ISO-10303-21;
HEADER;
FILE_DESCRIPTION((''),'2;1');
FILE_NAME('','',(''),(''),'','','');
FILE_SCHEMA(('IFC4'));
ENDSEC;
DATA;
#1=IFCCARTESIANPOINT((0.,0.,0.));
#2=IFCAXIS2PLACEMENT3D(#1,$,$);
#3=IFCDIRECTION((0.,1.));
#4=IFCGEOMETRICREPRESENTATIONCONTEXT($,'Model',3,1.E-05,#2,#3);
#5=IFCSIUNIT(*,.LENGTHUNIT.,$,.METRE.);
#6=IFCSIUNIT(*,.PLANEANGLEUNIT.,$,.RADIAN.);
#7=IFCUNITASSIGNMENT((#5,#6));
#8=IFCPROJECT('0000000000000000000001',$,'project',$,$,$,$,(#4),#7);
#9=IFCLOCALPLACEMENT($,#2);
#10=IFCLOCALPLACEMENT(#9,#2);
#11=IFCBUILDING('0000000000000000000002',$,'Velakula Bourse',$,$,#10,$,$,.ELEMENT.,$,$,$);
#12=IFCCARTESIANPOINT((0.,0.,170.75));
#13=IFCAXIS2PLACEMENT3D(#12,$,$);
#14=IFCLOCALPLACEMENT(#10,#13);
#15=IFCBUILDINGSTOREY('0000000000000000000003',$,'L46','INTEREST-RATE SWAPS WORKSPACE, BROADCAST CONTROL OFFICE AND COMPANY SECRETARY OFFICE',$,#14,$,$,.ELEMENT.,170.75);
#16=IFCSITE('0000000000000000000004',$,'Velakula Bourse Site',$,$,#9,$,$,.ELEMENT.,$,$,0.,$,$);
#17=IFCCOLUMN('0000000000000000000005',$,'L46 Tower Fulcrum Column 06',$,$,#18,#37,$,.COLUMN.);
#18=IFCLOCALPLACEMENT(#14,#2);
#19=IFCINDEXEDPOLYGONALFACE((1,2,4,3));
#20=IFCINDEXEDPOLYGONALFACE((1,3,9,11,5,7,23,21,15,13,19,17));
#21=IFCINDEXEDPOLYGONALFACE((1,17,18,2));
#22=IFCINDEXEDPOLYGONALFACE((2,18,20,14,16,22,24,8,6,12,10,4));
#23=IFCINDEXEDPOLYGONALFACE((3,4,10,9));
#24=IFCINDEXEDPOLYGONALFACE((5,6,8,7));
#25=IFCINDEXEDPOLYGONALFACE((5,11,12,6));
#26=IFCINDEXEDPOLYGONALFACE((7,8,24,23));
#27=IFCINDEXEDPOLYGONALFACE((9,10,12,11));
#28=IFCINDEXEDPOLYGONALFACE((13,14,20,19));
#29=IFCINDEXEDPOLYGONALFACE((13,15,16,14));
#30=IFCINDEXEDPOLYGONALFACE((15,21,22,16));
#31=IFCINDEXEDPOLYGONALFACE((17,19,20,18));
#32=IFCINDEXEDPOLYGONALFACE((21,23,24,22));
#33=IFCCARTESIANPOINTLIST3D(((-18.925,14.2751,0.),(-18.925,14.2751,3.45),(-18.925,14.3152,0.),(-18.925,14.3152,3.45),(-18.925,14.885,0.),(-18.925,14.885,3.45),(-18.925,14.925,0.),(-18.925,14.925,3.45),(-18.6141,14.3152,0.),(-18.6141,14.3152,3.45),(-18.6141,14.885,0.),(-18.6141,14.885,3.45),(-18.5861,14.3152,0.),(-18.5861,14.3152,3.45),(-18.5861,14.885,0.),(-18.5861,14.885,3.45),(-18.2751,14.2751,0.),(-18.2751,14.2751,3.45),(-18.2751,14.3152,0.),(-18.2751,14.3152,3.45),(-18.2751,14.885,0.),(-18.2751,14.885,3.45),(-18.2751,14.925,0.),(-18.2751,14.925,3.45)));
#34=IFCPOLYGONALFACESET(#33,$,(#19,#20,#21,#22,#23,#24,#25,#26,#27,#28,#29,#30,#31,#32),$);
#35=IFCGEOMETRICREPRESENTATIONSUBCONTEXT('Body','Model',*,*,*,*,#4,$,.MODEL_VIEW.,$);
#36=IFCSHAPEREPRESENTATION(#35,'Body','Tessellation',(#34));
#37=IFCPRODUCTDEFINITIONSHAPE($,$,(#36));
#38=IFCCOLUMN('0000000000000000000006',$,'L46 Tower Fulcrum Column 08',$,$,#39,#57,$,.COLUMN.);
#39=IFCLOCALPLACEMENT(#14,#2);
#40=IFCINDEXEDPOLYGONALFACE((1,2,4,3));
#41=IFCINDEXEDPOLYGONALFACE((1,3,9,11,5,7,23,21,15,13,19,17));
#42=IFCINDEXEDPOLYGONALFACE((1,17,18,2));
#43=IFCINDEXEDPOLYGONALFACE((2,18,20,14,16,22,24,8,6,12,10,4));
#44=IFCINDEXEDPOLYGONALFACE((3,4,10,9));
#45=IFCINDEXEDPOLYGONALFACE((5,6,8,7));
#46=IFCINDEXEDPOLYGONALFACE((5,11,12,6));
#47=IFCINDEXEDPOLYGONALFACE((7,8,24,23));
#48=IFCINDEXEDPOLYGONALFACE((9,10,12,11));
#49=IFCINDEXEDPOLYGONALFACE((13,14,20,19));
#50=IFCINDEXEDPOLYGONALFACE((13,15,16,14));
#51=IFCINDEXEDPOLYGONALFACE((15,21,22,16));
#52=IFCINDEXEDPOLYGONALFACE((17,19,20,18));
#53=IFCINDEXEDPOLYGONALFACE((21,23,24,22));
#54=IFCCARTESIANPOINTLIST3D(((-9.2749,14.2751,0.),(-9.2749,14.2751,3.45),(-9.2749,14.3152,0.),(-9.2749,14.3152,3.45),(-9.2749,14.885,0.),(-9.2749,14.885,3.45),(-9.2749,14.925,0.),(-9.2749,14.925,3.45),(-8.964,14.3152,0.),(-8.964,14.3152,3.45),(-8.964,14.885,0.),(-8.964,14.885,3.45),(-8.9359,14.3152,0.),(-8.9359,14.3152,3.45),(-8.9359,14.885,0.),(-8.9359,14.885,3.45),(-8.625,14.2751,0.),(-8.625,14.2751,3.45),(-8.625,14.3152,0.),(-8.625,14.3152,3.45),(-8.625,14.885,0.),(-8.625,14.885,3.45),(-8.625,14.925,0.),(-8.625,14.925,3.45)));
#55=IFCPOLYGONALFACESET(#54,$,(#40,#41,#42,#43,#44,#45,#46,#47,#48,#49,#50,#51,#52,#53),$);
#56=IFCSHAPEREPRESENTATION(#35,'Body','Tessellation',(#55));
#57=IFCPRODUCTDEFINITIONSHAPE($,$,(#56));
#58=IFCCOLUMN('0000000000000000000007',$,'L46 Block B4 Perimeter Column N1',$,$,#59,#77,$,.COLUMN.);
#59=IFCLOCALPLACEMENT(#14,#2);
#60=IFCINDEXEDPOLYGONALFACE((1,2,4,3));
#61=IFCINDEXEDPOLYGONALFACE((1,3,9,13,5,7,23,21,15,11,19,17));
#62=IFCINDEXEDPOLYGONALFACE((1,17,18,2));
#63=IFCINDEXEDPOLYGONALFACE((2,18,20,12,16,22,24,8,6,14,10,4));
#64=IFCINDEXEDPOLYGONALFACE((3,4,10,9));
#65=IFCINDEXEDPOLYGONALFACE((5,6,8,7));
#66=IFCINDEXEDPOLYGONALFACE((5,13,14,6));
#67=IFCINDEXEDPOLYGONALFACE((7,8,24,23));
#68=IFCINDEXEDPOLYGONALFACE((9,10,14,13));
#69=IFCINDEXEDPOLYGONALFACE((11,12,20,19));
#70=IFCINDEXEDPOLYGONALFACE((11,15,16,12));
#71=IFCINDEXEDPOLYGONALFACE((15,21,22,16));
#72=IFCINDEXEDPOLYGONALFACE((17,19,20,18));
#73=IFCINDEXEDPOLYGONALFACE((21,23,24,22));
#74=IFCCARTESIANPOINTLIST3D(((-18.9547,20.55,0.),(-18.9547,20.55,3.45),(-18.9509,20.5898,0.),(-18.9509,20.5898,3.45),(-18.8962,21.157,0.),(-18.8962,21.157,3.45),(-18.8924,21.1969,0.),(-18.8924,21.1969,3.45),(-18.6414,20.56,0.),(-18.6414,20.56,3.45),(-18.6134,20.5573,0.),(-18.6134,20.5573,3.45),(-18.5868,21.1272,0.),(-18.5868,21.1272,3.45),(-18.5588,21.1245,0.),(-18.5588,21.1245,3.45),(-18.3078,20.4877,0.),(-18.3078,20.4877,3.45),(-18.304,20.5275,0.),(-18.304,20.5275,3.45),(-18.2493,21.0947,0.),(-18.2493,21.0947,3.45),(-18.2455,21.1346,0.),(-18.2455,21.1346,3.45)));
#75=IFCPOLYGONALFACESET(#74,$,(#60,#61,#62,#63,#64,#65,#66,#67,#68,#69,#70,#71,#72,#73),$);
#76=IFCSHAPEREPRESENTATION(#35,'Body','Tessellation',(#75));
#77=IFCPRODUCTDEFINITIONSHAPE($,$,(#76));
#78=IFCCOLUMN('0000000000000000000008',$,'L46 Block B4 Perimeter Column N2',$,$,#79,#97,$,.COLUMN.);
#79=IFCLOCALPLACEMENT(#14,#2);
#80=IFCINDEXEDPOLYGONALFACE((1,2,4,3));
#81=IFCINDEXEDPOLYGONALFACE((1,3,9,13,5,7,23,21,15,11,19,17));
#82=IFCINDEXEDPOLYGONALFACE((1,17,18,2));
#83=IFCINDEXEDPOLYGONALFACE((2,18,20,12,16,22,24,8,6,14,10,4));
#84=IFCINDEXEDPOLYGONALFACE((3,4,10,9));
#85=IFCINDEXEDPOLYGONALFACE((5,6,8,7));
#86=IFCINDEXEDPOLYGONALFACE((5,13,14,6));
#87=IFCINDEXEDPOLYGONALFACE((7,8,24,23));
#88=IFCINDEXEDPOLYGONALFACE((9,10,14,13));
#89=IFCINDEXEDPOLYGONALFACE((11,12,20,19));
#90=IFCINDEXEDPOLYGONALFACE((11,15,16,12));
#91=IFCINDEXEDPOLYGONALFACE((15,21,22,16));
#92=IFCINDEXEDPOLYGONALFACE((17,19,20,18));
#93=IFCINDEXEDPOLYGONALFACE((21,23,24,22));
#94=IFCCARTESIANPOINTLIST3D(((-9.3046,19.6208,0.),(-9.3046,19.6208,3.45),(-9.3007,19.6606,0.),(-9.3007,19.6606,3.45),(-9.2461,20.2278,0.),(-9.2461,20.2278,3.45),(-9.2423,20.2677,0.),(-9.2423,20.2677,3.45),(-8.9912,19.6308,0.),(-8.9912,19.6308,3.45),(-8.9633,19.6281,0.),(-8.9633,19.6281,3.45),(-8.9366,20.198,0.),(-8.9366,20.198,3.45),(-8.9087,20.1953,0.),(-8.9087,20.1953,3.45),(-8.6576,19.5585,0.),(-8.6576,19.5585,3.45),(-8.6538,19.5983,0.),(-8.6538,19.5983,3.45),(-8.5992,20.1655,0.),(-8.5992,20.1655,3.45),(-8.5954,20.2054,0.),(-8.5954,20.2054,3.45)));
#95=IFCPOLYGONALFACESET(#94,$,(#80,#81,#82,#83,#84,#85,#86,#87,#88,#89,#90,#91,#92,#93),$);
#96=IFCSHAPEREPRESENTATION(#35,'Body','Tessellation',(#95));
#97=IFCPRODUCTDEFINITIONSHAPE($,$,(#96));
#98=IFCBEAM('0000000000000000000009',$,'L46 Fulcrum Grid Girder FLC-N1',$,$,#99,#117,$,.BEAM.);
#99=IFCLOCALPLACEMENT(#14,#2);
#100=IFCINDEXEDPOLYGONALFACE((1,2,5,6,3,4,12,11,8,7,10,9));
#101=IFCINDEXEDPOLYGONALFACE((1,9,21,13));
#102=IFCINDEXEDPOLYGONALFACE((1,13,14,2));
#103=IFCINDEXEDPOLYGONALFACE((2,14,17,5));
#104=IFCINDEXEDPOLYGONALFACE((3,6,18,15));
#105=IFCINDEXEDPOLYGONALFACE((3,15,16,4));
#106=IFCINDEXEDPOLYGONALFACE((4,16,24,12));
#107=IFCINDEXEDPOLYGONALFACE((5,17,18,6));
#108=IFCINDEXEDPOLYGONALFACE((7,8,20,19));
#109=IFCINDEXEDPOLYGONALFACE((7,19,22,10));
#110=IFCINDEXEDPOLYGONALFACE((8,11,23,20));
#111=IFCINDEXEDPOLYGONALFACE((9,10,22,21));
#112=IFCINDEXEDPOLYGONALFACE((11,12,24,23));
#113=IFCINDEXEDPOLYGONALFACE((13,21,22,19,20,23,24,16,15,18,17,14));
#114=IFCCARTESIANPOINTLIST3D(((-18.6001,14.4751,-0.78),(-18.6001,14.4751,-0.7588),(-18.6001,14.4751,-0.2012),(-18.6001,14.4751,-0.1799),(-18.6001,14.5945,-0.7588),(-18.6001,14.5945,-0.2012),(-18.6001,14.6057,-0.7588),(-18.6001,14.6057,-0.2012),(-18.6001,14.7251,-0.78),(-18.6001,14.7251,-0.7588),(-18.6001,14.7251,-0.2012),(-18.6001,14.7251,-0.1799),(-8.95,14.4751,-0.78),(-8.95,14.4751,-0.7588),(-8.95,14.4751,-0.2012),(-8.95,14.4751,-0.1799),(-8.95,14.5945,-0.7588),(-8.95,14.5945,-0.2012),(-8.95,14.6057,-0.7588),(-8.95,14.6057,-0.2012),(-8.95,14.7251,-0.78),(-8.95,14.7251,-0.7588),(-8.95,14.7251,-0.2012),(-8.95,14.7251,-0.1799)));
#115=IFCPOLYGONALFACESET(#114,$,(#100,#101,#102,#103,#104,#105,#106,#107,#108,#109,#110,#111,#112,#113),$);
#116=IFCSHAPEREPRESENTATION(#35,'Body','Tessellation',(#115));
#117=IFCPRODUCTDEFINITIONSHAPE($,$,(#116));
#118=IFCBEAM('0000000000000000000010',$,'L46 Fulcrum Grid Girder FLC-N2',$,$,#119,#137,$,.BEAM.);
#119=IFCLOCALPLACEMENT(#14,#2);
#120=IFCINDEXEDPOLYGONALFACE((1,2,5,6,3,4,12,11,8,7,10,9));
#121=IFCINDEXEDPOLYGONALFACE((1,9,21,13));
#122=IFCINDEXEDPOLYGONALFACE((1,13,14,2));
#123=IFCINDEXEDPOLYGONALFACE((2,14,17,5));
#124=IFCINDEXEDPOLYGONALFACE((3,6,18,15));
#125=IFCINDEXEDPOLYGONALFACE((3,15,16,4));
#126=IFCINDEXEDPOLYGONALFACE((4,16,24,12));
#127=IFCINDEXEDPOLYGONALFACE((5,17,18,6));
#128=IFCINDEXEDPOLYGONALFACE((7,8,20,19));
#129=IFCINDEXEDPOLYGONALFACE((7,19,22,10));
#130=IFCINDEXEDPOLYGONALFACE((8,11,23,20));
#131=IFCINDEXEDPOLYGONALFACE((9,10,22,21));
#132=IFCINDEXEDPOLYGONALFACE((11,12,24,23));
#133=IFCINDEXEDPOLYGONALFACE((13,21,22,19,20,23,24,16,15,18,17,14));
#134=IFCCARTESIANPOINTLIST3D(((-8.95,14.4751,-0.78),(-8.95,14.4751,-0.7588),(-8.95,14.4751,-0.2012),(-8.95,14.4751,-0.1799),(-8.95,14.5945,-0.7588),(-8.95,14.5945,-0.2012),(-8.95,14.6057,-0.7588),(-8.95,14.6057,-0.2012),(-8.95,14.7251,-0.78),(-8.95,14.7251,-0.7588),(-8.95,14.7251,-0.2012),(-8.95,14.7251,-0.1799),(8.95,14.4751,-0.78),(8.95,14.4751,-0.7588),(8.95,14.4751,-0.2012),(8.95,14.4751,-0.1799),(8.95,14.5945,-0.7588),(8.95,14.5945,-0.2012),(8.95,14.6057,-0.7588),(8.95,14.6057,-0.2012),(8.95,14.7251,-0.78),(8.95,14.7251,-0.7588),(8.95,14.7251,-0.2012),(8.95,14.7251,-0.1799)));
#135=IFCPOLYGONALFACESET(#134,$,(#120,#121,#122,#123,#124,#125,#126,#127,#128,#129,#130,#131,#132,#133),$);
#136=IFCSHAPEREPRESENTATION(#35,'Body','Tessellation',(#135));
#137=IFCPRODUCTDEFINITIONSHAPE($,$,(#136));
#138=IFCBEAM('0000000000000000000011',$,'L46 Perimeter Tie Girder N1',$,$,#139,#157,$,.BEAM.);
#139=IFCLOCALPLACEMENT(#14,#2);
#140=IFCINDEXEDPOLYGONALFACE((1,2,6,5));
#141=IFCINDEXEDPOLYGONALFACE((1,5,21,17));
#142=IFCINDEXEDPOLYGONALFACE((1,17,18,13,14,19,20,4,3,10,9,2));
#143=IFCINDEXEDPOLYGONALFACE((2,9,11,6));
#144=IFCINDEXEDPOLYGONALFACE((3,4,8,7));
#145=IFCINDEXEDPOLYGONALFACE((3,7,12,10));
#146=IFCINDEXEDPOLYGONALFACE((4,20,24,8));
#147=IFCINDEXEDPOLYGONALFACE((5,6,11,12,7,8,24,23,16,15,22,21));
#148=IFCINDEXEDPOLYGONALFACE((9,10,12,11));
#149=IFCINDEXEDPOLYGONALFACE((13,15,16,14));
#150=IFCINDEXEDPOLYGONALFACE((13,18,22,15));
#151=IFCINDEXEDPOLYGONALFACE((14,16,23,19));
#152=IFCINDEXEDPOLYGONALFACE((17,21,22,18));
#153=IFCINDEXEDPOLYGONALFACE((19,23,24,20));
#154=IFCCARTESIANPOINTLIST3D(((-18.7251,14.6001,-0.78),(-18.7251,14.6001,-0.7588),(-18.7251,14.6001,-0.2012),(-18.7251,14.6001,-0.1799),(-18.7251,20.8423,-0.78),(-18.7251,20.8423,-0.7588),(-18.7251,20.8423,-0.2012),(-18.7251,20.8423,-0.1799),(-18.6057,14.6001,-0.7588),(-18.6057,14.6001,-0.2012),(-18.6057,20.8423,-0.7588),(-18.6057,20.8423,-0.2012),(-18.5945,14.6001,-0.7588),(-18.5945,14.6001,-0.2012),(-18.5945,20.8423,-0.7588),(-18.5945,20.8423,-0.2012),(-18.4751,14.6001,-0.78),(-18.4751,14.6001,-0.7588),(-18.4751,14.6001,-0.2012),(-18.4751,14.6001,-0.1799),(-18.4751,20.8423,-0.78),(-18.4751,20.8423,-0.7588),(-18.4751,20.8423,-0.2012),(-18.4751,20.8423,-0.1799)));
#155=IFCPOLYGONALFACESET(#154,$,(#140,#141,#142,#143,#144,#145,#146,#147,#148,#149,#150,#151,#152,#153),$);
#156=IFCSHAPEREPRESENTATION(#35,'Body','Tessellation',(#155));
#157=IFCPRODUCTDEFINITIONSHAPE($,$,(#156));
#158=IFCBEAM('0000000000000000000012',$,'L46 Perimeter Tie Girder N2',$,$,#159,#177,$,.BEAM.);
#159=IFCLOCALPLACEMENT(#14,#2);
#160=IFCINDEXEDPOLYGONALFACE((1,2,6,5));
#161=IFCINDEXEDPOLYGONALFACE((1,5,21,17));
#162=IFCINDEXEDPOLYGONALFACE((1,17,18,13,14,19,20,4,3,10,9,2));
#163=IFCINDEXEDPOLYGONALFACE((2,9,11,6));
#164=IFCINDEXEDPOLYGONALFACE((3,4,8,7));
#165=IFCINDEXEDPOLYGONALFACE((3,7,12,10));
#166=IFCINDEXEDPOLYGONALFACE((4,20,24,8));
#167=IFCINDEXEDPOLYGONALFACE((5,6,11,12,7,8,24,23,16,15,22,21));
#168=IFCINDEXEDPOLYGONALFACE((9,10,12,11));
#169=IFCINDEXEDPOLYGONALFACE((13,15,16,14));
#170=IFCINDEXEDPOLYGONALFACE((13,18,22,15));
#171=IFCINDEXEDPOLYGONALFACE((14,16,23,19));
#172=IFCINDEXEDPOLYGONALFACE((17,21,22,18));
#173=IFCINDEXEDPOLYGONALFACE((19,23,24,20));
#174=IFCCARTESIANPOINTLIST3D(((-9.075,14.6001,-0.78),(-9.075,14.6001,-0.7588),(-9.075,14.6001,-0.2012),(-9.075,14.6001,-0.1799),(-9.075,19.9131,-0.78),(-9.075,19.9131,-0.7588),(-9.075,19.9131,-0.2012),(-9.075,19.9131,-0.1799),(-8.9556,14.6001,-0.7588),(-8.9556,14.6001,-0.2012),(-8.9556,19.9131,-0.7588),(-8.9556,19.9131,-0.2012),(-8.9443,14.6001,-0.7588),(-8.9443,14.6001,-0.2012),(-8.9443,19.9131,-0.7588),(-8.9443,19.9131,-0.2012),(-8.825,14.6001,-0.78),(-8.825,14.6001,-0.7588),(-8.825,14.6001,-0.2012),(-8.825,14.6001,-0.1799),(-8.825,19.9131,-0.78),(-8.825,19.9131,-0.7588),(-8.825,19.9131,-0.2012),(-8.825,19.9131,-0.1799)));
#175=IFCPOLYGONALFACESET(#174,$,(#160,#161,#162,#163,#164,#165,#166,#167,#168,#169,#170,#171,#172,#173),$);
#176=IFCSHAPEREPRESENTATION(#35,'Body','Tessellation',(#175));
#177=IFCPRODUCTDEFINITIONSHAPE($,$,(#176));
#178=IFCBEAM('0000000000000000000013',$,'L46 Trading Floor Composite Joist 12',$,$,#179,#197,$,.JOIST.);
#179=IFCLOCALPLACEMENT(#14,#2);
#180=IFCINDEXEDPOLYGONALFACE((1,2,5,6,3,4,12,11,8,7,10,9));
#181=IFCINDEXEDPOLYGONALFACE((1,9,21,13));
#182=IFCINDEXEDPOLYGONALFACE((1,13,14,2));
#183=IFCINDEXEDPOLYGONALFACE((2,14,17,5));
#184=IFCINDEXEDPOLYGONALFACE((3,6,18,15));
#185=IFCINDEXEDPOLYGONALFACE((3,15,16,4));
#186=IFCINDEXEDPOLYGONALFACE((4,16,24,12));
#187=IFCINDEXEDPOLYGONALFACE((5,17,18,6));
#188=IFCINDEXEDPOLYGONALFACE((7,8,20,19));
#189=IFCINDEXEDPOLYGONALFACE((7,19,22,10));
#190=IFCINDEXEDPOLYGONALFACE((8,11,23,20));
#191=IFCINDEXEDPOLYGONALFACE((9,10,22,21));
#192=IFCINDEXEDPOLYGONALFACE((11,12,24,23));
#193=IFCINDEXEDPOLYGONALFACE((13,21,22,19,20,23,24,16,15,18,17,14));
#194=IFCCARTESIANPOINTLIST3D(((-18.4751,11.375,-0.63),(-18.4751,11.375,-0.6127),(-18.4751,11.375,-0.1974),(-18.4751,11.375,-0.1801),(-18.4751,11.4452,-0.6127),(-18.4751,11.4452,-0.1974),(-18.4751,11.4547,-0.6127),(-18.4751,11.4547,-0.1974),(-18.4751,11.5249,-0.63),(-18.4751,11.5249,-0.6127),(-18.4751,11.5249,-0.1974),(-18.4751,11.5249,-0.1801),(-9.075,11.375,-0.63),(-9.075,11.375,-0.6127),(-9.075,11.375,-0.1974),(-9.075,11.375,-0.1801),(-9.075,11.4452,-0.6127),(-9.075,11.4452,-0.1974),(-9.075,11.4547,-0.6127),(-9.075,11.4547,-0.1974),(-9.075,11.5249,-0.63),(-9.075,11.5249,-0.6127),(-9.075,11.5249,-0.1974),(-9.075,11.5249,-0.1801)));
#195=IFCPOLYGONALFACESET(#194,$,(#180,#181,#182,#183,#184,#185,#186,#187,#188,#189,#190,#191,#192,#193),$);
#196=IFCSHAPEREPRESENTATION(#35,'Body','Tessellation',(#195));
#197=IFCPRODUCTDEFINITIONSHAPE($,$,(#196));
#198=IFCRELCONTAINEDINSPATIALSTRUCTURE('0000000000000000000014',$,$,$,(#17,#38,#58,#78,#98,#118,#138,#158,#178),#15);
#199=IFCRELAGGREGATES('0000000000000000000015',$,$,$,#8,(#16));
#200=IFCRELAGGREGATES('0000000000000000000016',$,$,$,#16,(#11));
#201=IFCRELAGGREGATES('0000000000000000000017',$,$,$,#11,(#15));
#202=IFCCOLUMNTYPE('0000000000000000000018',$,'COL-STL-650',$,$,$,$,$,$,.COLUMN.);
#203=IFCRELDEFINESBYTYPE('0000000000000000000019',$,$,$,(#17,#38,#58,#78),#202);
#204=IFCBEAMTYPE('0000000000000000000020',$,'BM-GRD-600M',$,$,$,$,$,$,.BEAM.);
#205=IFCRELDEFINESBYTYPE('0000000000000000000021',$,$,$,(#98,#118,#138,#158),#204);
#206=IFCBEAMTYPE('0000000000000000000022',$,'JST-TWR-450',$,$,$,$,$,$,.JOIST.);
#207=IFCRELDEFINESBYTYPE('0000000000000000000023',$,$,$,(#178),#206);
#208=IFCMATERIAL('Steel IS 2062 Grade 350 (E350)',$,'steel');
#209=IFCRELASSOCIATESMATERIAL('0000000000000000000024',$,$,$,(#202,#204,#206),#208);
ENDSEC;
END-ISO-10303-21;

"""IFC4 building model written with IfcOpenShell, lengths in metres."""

from ifc_helpers import new_model, si_unit, direction, frame, origin, origin_2d, place, context, subcontext, project, spatial, i_section, extrude, material, material_profile, profile_set, type_object, element, save


model = new_model("IFC4")

# Units and contexts
model_context = context("Model", 3, precision=1e-05, world=origin(), true_north=direction((0.0, 1.0)))
body_context = subcontext(model_context, "Body", "Model", "MODEL_VIEW")
ifc_project = project(units=[si_unit("LENGTHUNIT", "METRE"), si_unit("PLANEANGLEUNIT", "RADIAN")], contexts=[model_context])

# Site, building, storey
site_placement = place(None, origin())
site = spatial("IfcSite", under=ifc_project, at=site_placement, Name="Velakula Bourse Site", CompositionType="ELEMENT", RefElevation=0.0)
building_placement = place(site_placement, origin())
building = spatial("IfcBuilding", under=site, at=building_placement, Name="Velakula Bourse", CompositionType="ELEMENT")
storey_placement = place(building_placement, frame((0.0, 0.0, 170.75)))
storey = spatial("IfcBuildingStorey", under=building, at=storey_placement, Name="L46", Description="INTEREST-RATE SWAPS WORKSPACE, BROADCAST CONTROL OFFICE AND COMPANY SECRETARY OFFICE", CompositionType="ELEMENT", Elevation=170.75)

# Columns
ifc_material_1 = material(Name="Steel IS 2062 Grade 350 (E350)", Category="steel")
ifc_material_profile_1 = material_profile(ifc_material_1, i_section(OverallWidth=0.6499, OverallDepth=0.6499, WebThickness=0.0281, FlangeThickness=0.04, at=origin_2d()), Name="Steel IS 2062 Grade 350 (E350)")
ifc_profile_set_1 = profile_set([ifc_material_profile_1], Name="Steel IS 2062 Grade 350 (E350)")
column_type = type_object("IfcColumnType", Name="COL-STL-650", PredefinedType="COLUMN", material=ifc_profile_set_1)
for number, where, z_axis, x_axis, name in (
    (1, (-18.6001, 14.6001, 0.0), (0.0, 0.0, 1.0), (1.0, 0.0, 0.0), "L46 Tower Fulcrum Column 06"),
    (2, (-8.95, 14.6001, 0.0), (0.0, 0.0, 1.0), (1.0, 0.0, 0.0), "L46 Tower Fulcrum Column 08"),
    (3, (-18.6001, 20.8423, 0.0), (0.0, 0.0, 1.0), (0.995396, -0.095846, 0.0), "L46 Block B4 Perimeter Column N1"),
    (4, (-8.95, 19.9131, 0.0), (0.0, 0.0, 1.0), (0.995396, -0.095846, 0.0), "L46 Block B4 Perimeter Column N2"),
):
    element("IfcColumn", number, at=place(storey_placement, frame(where, z_axis=z_axis, x_axis=x_axis)), inside=storey, type_object=column_type, Name=name, PredefinedType="COLUMN", context=body_context, shape_type="SweptSolid", body=[
        extrude(i_section(OverallWidth=0.6499, OverallDepth=0.6499, WebThickness=0.0281, FlangeThickness=0.04, at=origin_2d()), origin(), (0.0, 0.0, 1.0), 3.45),
    ])

# Beams
ifc_material_profile_2 = material_profile(ifc_material_1, i_section(OverallWidth=0.25, OverallDepth=0.6001, WebThickness=0.0112, FlangeThickness=0.0212, at=origin_2d()), Name="Steel IS 2062 Grade 350 (E350)")
ifc_profile_set_2 = profile_set([ifc_material_profile_2], Name="Steel IS 2062 Grade 350 (E350)")
beam_type_1 = type_object("IfcBeamType", Name="BM-GRD-600M", PredefinedType="BEAM", material=ifc_profile_set_2)
beam_1_placement = place(storey_placement, frame((-18.6001, 14.6001, -0.48), z_axis=(1.0, 0.0, 0.0), x_axis=(0.0, 1.0, 0.0)))
element("IfcBeam", 5, at=beam_1_placement, inside=storey, type_object=beam_type_1, Name="L46 Fulcrum Grid Girder FLC-N1", PredefinedType="BEAM", context=body_context, shape_type="SweptSolid", body=[
    extrude(i_section(OverallWidth=0.25, OverallDepth=0.6001, WebThickness=0.0112, FlangeThickness=0.0212, at=origin_2d()), origin(), (0.0, 0.0, 1.0), 9.6501),
])
beam_2_placement = place(storey_placement, frame((-8.95, 14.6001, -0.48), z_axis=(1.0, 0.0, 0.0), x_axis=(0.0, 1.0, 0.0)))
element("IfcBeam", 6, at=beam_2_placement, inside=storey, type_object=beam_type_1, Name="L46 Fulcrum Grid Girder FLC-N2", PredefinedType="BEAM", context=body_context, shape_type="SweptSolid", body=[
    extrude(i_section(OverallWidth=0.25, OverallDepth=0.6001, WebThickness=0.0112, FlangeThickness=0.0212, at=origin_2d()), origin(), (0.0, 0.0, 1.0), 17.8999),
])
beam_3_placement = place(storey_placement, frame((-18.6001, 14.6001, -0.48), z_axis=(0.0, 1.0, 0.0), x_axis=(-1.0, 0.0, 0.0)))
element("IfcBeam", 7, at=beam_3_placement, inside=storey, type_object=beam_type_1, Name="L46 Perimeter Tie Girder N1", PredefinedType="BEAM", context=body_context, shape_type="SweptSolid", body=[
    extrude(i_section(OverallWidth=0.25, OverallDepth=0.6001, WebThickness=0.0112, FlangeThickness=0.0212, at=origin_2d()), origin(), (0.0, 0.0, 1.0), 6.2422),
])
beam_4_placement = place(storey_placement, frame((-8.95, 14.6001, -0.48), z_axis=(0.0, 1.0, 0.0), x_axis=(-1.0, 0.0, 0.0)))
element("IfcBeam", 8, at=beam_4_placement, inside=storey, type_object=beam_type_1, Name="L46 Perimeter Tie Girder N2", PredefinedType="BEAM", context=body_context, shape_type="SweptSolid", body=[
    extrude(i_section(OverallWidth=0.25, OverallDepth=0.6001, WebThickness=0.0112, FlangeThickness=0.0212, at=origin_2d()), origin(), (0.0, 0.0, 1.0), 5.313),
])
ifc_material_profile_3 = material_profile(ifc_material_1, i_section(OverallWidth=0.1499, OverallDepth=0.45, WebThickness=0.0095, FlangeThickness=0.0173, at=origin_2d()), Name="Steel IS 2062 Grade 350 (E350)")
ifc_profile_set_3 = profile_set([ifc_material_profile_3], Name="Steel IS 2062 Grade 350 (E350)")
beam_type_2 = type_object("IfcBeamType", Name="JST-TWR-450", PredefinedType="JOIST", material=ifc_profile_set_3)
beam_5_placement = place(storey_placement, frame((-18.4751, 11.45, -0.405), z_axis=(1.0, 0.0, 0.0), x_axis=(0.0, 1.0, 0.0)))
element("IfcBeam", 9, at=beam_5_placement, inside=storey, type_object=beam_type_2, Name="L46 Trading Floor Composite Joist 12", PredefinedType="JOIST", context=body_context, shape_type="SweptSolid", body=[
    extrude(i_section(OverallWidth=0.1499, OverallDepth=0.45, WebThickness=0.0095, FlangeThickness=0.0173, at=origin_2d()), origin(), (0.0, 0.0, 1.0), 9.4001),
])

save(model, "model.ifc")
